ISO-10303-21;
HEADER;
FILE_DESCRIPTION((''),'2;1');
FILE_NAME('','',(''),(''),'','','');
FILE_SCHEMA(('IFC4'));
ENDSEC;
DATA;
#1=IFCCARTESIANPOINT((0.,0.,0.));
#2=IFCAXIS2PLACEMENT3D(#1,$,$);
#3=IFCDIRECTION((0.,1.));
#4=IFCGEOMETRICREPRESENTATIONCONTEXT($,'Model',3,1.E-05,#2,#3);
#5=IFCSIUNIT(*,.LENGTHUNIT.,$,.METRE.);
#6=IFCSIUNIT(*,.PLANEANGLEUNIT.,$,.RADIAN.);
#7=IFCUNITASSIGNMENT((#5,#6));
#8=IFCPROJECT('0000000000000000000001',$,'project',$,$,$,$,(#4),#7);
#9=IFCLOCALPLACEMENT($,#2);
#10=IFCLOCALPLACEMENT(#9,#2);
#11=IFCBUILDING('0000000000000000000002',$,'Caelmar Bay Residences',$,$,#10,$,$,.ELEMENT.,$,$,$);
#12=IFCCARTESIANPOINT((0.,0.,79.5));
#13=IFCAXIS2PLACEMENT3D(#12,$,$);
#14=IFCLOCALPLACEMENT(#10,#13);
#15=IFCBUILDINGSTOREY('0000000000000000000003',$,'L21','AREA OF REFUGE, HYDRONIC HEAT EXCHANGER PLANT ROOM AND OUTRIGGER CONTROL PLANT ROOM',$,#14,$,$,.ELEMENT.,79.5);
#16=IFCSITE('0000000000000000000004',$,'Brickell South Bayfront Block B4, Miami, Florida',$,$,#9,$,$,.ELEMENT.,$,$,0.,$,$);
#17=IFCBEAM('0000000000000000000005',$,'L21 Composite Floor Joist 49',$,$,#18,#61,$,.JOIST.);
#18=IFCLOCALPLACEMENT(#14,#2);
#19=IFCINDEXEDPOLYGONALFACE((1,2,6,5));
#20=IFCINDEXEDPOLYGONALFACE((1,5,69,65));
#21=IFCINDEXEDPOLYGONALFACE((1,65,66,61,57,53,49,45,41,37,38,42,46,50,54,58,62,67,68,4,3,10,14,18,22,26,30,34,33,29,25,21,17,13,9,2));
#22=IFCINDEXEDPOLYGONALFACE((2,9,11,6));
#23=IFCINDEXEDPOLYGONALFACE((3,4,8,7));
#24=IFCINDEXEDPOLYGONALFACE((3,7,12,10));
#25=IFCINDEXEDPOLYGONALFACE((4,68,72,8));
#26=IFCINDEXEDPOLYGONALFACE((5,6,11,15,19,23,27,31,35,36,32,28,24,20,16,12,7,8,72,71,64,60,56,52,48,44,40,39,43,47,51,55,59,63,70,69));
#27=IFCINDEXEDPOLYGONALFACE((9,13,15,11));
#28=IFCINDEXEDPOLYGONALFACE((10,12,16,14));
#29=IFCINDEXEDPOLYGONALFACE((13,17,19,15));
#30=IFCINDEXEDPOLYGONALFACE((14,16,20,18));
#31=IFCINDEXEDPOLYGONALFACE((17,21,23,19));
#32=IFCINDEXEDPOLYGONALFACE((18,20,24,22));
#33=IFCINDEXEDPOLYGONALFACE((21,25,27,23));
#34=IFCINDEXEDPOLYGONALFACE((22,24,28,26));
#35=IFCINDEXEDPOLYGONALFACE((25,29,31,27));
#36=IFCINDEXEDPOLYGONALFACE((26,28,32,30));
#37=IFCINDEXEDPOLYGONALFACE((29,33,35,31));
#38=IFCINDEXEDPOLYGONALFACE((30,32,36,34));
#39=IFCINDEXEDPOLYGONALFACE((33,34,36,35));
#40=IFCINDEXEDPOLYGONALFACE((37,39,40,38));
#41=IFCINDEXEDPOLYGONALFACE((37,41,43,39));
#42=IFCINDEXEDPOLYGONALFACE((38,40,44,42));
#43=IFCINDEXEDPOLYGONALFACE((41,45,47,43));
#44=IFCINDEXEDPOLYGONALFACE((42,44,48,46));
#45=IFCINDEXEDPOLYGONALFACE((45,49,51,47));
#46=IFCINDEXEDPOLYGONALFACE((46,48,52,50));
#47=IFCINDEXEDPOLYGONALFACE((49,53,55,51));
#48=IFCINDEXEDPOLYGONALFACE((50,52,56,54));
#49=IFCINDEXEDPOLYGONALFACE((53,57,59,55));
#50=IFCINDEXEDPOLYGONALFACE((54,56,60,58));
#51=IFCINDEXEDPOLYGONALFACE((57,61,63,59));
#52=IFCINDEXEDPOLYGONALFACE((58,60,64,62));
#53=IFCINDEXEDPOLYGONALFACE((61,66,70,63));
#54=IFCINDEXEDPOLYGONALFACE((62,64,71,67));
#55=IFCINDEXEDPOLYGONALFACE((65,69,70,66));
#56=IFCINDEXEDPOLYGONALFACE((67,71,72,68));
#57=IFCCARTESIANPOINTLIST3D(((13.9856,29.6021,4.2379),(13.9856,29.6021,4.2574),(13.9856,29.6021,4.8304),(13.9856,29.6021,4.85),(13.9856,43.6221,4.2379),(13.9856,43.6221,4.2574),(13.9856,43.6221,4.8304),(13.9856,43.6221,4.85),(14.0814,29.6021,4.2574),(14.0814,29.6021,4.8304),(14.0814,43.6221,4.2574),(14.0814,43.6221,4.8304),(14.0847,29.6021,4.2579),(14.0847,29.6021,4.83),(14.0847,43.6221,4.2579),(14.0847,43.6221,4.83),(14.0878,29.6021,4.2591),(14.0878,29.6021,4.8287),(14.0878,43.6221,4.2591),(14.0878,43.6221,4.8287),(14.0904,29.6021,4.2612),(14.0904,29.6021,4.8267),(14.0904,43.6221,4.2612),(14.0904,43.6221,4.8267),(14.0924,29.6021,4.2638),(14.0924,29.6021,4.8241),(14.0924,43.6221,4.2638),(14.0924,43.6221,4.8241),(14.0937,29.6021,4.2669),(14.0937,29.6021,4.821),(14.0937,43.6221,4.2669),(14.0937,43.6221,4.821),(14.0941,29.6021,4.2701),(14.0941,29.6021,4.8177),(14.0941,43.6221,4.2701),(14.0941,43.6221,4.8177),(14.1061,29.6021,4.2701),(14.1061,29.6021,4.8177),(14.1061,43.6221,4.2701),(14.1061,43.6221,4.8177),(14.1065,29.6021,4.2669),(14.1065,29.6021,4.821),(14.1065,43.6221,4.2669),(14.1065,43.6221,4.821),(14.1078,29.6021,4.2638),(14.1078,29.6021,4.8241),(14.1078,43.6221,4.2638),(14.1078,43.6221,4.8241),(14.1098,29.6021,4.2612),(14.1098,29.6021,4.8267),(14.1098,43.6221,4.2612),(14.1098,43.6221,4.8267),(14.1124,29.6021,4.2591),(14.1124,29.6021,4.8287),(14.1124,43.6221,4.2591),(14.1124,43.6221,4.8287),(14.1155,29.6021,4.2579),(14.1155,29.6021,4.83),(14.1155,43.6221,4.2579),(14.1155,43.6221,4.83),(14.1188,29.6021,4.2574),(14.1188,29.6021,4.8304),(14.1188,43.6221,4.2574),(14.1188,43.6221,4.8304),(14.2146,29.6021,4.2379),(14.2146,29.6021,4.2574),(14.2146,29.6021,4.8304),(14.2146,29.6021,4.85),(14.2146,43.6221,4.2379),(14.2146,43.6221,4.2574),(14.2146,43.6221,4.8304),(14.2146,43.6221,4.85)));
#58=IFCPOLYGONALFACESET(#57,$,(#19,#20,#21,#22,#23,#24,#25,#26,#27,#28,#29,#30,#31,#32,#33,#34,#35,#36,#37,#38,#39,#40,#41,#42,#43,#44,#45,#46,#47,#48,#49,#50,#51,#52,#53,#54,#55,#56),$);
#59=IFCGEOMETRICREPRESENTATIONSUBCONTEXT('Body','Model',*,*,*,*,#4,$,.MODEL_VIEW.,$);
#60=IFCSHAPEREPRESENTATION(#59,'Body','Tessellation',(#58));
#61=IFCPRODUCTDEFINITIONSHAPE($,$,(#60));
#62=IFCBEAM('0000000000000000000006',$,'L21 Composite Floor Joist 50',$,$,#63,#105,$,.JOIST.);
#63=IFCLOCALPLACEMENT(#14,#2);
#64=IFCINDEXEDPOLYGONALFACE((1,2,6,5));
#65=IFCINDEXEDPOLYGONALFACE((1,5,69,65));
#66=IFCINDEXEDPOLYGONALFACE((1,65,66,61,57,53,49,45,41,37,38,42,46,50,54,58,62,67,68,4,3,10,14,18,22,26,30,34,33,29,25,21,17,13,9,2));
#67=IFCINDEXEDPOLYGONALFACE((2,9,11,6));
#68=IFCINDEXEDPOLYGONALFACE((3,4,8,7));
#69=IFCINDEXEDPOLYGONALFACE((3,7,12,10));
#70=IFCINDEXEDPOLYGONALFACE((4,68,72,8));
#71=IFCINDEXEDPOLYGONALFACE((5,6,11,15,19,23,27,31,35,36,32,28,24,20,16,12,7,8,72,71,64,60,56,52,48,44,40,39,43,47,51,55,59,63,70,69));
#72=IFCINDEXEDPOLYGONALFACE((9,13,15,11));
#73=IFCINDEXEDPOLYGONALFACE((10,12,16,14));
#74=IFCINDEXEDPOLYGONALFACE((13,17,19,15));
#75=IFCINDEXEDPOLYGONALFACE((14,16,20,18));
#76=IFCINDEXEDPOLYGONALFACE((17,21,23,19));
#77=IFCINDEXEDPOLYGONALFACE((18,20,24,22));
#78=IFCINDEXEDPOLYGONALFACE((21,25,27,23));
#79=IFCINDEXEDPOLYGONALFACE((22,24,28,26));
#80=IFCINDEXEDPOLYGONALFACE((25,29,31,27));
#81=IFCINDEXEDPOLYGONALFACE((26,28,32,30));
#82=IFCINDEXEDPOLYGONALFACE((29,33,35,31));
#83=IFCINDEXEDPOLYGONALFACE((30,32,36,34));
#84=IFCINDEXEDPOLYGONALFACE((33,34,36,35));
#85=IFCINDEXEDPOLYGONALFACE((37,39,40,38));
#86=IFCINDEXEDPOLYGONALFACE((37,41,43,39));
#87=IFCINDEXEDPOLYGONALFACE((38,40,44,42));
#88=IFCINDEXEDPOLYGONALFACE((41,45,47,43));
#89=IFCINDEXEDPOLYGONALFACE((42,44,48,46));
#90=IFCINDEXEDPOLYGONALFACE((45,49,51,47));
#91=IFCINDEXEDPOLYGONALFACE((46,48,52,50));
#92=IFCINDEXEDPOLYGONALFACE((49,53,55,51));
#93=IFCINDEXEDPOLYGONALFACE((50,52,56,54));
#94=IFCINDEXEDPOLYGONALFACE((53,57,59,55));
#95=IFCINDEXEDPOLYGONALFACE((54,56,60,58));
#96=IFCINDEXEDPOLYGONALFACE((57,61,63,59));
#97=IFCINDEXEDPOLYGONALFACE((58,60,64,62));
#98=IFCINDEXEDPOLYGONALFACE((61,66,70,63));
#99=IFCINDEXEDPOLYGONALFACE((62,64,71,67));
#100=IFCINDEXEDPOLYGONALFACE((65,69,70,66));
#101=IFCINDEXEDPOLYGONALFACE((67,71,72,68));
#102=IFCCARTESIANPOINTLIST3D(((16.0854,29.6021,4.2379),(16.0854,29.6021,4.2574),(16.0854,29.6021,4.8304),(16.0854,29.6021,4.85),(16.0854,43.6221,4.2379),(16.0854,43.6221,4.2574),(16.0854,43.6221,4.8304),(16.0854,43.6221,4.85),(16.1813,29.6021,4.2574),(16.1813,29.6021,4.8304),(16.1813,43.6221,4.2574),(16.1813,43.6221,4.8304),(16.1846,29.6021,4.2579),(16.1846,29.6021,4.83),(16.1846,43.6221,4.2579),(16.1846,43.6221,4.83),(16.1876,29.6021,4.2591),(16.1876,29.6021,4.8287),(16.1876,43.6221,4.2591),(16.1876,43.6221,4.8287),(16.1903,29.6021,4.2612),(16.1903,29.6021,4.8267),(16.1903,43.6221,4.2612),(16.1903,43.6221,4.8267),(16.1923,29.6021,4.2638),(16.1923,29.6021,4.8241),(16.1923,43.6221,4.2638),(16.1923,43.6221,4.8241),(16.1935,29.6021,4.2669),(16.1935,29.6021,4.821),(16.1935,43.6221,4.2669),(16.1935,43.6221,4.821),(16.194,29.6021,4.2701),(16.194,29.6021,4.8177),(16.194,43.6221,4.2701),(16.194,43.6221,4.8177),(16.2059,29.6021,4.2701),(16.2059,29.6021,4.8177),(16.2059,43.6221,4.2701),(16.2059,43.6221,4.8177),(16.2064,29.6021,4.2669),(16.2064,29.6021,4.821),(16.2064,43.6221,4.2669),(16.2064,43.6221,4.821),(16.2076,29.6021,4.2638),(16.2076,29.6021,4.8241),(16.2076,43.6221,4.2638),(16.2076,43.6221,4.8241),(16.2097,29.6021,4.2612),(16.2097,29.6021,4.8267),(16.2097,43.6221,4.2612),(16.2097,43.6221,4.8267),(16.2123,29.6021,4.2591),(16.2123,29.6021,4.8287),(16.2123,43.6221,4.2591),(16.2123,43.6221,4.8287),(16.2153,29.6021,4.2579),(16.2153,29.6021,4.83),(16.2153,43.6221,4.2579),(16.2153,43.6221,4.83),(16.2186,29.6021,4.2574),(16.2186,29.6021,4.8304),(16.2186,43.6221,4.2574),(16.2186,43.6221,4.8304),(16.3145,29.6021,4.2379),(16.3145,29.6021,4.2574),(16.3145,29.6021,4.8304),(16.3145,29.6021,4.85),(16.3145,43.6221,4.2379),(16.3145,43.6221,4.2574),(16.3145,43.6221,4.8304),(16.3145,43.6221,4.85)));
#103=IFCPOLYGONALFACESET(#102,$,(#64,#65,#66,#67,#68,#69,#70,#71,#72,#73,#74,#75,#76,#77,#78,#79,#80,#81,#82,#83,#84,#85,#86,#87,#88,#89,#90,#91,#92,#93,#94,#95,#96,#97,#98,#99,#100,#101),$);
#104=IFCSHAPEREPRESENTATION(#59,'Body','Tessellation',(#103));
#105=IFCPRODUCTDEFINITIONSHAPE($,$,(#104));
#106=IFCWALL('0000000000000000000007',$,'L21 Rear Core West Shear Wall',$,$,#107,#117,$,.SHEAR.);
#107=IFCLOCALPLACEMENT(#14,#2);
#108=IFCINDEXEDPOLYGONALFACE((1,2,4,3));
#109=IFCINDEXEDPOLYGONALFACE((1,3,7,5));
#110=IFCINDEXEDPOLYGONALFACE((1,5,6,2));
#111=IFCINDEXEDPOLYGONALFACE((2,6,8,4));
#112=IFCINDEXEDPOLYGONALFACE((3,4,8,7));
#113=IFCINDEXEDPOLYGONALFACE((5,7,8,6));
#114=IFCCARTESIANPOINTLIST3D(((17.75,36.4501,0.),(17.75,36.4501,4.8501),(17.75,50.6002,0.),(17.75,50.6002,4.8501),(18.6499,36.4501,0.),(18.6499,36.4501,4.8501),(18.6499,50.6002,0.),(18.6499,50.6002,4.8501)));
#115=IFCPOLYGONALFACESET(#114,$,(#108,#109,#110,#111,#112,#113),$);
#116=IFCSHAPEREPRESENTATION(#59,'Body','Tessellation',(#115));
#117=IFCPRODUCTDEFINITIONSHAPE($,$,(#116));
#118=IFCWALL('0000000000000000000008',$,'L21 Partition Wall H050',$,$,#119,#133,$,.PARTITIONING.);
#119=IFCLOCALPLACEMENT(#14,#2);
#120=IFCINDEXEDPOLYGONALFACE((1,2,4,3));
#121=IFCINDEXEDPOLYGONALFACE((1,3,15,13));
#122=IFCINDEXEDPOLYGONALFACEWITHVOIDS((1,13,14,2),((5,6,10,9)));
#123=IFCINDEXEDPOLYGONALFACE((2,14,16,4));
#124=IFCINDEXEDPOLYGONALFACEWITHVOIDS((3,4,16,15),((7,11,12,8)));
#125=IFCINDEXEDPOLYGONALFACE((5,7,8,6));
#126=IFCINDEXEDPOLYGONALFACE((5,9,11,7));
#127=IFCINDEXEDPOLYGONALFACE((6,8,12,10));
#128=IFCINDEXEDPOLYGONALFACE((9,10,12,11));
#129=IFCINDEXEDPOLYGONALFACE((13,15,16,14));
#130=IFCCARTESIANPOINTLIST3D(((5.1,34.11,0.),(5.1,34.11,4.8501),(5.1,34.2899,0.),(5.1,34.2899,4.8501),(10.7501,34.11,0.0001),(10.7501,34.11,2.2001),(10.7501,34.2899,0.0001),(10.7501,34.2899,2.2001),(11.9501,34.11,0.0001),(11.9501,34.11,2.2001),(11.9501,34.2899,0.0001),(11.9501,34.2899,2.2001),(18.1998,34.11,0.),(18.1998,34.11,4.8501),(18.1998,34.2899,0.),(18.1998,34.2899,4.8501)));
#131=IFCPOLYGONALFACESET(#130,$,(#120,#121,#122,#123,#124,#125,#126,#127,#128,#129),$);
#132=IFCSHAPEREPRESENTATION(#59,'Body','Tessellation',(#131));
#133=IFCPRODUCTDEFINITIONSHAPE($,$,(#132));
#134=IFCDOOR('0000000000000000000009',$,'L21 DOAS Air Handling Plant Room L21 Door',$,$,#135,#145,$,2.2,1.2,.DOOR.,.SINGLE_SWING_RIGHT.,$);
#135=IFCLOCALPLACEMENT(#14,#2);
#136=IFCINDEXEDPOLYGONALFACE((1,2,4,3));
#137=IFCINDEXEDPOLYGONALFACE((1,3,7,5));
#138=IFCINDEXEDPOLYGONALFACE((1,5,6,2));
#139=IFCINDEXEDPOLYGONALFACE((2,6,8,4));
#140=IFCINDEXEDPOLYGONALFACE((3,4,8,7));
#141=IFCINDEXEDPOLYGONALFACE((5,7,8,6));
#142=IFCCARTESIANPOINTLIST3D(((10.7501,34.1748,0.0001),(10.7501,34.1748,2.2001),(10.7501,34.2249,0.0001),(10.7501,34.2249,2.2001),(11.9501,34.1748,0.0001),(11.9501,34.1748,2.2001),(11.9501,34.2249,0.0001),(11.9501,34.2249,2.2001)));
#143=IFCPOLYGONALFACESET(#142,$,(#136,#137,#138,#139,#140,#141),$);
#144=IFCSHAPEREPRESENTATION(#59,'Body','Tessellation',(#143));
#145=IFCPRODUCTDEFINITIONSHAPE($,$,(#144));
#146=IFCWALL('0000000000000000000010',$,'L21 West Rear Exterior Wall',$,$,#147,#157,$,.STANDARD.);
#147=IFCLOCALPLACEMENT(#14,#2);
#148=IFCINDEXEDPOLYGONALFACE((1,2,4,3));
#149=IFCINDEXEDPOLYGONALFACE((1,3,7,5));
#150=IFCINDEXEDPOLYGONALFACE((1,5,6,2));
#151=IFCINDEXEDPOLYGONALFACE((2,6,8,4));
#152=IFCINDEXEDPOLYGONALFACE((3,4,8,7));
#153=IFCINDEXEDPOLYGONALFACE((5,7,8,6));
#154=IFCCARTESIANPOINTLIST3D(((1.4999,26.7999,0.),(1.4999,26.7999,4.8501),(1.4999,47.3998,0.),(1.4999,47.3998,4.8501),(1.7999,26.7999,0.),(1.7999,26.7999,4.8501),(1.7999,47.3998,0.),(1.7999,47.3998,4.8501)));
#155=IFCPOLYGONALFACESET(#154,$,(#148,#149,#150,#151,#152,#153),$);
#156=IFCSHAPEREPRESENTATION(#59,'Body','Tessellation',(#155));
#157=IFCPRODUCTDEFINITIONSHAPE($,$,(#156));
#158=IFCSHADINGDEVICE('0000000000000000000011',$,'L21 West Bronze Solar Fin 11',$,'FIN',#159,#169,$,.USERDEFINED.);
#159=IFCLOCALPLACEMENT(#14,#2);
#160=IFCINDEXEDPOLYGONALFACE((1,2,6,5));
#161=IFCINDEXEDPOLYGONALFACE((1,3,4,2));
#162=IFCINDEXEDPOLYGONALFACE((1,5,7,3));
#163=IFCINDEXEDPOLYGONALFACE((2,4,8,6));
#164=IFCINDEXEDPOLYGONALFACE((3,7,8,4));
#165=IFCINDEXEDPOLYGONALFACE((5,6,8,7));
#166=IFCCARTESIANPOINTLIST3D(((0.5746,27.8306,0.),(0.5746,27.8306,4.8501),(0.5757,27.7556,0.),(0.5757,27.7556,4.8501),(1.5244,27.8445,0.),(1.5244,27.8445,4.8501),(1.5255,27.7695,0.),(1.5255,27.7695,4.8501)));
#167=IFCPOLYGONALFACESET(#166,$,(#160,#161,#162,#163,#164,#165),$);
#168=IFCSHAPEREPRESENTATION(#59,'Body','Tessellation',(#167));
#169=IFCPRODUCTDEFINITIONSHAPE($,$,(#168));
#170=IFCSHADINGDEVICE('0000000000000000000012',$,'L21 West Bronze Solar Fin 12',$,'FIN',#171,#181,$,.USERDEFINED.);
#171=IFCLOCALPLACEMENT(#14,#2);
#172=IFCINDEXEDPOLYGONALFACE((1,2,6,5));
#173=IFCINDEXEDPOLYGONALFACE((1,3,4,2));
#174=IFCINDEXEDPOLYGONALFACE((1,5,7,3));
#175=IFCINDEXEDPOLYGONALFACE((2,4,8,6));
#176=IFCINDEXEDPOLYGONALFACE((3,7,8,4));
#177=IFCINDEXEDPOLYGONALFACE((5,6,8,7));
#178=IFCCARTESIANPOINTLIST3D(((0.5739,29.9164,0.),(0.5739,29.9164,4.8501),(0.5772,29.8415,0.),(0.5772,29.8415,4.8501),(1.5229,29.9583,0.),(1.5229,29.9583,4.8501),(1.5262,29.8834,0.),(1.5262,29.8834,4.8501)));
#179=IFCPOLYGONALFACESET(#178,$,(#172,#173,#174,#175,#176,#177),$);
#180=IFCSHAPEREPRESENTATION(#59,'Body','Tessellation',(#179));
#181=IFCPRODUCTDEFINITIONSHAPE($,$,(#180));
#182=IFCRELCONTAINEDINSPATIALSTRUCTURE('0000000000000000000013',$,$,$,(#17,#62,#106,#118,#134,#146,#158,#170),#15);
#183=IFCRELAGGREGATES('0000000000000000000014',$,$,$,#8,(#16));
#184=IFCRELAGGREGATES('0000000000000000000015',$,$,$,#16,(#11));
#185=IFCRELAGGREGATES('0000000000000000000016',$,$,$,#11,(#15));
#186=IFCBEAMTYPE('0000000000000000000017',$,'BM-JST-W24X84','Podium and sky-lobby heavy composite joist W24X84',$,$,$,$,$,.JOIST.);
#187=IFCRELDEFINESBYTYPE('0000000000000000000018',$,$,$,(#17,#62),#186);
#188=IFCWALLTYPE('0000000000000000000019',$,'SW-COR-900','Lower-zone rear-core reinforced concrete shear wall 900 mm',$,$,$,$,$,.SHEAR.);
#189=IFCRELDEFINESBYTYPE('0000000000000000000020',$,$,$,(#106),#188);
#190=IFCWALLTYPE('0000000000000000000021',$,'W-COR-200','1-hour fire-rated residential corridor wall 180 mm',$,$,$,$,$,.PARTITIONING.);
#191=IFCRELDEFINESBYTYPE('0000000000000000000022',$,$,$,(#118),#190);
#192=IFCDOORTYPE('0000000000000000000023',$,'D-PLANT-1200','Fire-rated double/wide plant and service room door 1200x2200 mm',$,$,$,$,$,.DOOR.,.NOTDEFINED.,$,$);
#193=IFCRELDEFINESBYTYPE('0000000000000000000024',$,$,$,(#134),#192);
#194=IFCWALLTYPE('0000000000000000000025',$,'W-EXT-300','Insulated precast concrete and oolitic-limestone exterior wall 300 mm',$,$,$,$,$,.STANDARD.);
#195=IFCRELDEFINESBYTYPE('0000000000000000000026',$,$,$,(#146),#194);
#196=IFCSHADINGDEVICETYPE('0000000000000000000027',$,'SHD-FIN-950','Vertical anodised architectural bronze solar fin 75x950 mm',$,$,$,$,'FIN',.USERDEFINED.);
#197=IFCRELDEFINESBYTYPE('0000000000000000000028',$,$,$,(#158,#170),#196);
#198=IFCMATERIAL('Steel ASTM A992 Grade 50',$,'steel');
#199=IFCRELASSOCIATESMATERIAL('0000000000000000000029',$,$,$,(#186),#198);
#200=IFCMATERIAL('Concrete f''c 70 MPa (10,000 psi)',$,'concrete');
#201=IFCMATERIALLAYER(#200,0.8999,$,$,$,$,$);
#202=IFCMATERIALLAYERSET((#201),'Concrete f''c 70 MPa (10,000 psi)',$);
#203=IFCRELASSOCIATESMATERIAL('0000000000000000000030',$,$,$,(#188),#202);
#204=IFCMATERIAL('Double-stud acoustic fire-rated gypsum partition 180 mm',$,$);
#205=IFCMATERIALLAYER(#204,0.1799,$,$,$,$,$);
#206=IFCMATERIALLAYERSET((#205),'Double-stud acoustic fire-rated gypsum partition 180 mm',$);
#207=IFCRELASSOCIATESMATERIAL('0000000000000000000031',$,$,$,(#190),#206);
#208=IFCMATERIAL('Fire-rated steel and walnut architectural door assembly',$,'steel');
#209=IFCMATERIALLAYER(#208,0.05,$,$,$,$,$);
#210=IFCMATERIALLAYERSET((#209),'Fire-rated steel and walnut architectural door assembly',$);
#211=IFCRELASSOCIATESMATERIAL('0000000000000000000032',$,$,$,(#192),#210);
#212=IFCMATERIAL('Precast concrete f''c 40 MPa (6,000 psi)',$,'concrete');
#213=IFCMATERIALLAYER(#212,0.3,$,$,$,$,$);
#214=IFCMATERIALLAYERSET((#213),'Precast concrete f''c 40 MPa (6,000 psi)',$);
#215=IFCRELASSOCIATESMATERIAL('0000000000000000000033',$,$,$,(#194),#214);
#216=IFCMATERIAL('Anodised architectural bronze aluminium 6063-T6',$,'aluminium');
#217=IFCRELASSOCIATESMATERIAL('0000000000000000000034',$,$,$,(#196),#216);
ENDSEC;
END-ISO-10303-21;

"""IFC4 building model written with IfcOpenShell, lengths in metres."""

from ifc_helpers import new_model, si_unit, direction, frame, frame_2d, origin, origin_2d, place, context, subcontext, project, spatial, rectangle, i_section, extrude, material, layer, layer_set, material_profile, profile_set, type_object, element, fill, save


model = new_model("IFC4")

# Units and contexts
model_context = context("Model", 3, precision=1e-05, world=origin(), true_north=direction((0.0, 1.0)))
body_context = subcontext(model_context, "Body", "Model", "MODEL_VIEW")
ifc_project = project(units=[si_unit("LENGTHUNIT", "METRE"), si_unit("PLANEANGLEUNIT", "RADIAN")], contexts=[model_context])

# Site, building, storey
site_placement = place(None, origin())
site = spatial("IfcSite", under=ifc_project, at=site_placement, Name="Brickell South Bayfront Block B4, Miami, Florida", CompositionType="ELEMENT", RefElevation=0.0)
building_placement = place(site_placement, origin())
building = spatial("IfcBuilding", under=site, at=building_placement, Name="Caelmar Bay Residences", CompositionType="ELEMENT")
storey_placement = place(building_placement, frame((0.0, 0.0, 79.5)))
storey = spatial("IfcBuildingStorey", under=building, at=storey_placement, Name="L21", Description="AREA OF REFUGE, HYDRONIC HEAT EXCHANGER PLANT ROOM AND OUTRIGGER CONTROL PLANT ROOM", CompositionType="ELEMENT", Elevation=79.5)

# Shared definitions
ifc_material_1 = material(Name="Concrete f'c 70 MPa (10,000 psi)", Category="concrete")

# Beams
ifc_material_2 = material(Name="Steel ASTM A992 Grade 50", Category="steel")
ifc_material_profile_1 = material_profile(ifc_material_2, i_section(OverallWidth=0.229, OverallDepth=0.6121, WebThickness=0.012, FlangeThickness=0.0195, FilletRadius=0.0127, at=origin_2d()), Name="W24X84")
ifc_profile_set_1 = profile_set([ifc_material_profile_1], Name="Steel ASTM A992 Grade 50")
beam_type_1 = type_object("IfcBeamType", Name="BM-JST-W24X84", Description="Podium and sky-lobby heavy composite joist W24X84", PredefinedType="JOIST", material=ifc_profile_set_1)
for number, where, z_axis, x_axis, name in (
    (1, (14.1001, 29.6021, 4.5439), (0.0, 1.0, 0.0), (-1.0, 0.0, 0.0), "L21 Composite Floor Joist 49"),
    (2, (16.2, 29.6021, 4.5439), (0.0, 1.0, 0.0), (-1.0, 0.0, 0.0), "L21 Composite Floor Joist 50"),
):
    element("IfcBeam", number, at=place(storey_placement, frame(where, z_axis=z_axis, x_axis=x_axis)), inside=storey, type_object=beam_type_1, Name=name, PredefinedType="JOIST", context=body_context, shape_type="SweptSolid", body=[
        extrude(i_section(OverallWidth=0.229, OverallDepth=0.6121, WebThickness=0.012, FlangeThickness=0.0195, FilletRadius=0.0127, at=origin_2d()), origin(), (0.0, 0.0, 1.0), 14.02),
    ])

# Wall
ifc_layer_1 = layer(ifc_material_1, 0.8999)
ifc_layer_set_1 = layer_set([ifc_layer_1], Name="Concrete f'c 70 MPa (10,000 psi)")
wall_type_1 = type_object("IfcWallType", Name="SW-COR-900", Description="Lower-zone rear-core reinforced concrete shear wall 900 mm", PredefinedType="SHEAR", material=ifc_layer_set_1)
wall_1_placement = place(storey_placement, frame((18.2, 36.45, 0.0), z_axis=(0.0, 0.0, 1.0), x_axis=(0.0, 1.0, 0.0)))
element("IfcWall", 3, at=wall_1_placement, inside=storey, type_object=wall_type_1, Name="L21 Rear Core West Shear Wall", PredefinedType="SHEAR", context=body_context, shape_type="SweptSolid", body=[
    extrude(rectangle(XDim=14.1501, YDim=0.8999, at=frame_2d((7.0752, 0.0))), origin(), (0.0, 0.0, 1.0), 4.8501),
])

# Wall, opening, door
ifc_material_3 = material(Name="Double-stud acoustic fire-rated gypsum partition 180 mm")
ifc_layer_2 = layer(ifc_material_3, 0.1799)
ifc_layer_set_2 = layer_set([ifc_layer_2], Name="Double-stud acoustic fire-rated gypsum partition 180 mm")
wall_type_2 = type_object("IfcWallType", Name="W-COR-200", Description="1-hour fire-rated residential corridor wall 180 mm", PredefinedType="PARTITIONING", material=ifc_layer_set_2)
wall_2_placement = place(storey_placement, frame((5.1001, 34.2, 0.0), z_axis=(0.0, 0.0, 1.0), x_axis=(1.0, 0.0, 0.0)))
wall_2 = element("IfcWall", 4, at=wall_2_placement, inside=storey, type_object=wall_type_2, Name="L21 Partition Wall H050", PredefinedType="PARTITIONING", context=body_context, shape_type="SweptSolid", body=[
    extrude(rectangle(XDim=13.0999, YDim=0.1799, at=frame_2d((6.5498, 0.0))), origin(), (0.0, 0.0, 1.0), 4.8501),
])
opening_placement = place(wall_2_placement, frame((5.6499, 0.0, 0.0)))
opening = element("IfcOpeningElement", 5, at=opening_placement, cuts=wall_2, PredefinedType="OPENING", context=body_context, shape_type="SweptSolid", body=[
    extrude(rectangle(XDim=1.2, YDim=2.2, at=frame_2d((0.6001, 1.1001))), frame((0.0, 0.0999, 0.0), z_axis=(0.0, -1.0, 0.0), x_axis=(1.0, 0.0, 0.0)), (0.0, 0.0, 1.0), 0.2),
])
ifc_material_4 = material(Name="Fire-rated steel and walnut architectural door assembly", Category="steel")
ifc_layer_3 = layer(ifc_material_4, 0.05)
ifc_layer_set_3 = layer_set([ifc_layer_3], Name="Fire-rated steel and walnut architectural door assembly")
door_type = type_object("IfcDoorType", Name="D-PLANT-1200", Description="Fire-rated double/wide plant and service room door 1200x2200 mm", OperationType="NOTDEFINED", PredefinedType="DOOR", material=ifc_layer_set_3)
door_placement = place(opening_placement, origin())
door = element("IfcDoor", 6, at=door_placement, inside=storey, type_object=door_type, Name="L21 DOAS Air Handling Plant Room L21 Door", OperationType="SINGLE_SWING_RIGHT", OverallHeight=2.2, OverallWidth=1.2, PredefinedType="DOOR", context=body_context, shape_type="SweptSolid", body=[
    extrude(rectangle(XDim=1.2, YDim=2.2, at=frame_2d((0.6001, 1.1001))), frame((0.0, 0.0249, 0.0), z_axis=(0.0, -1.0, 0.0), x_axis=(1.0, 0.0, 0.0)), (0.0, 0.0, 1.0), 0.05),
])
fill(opening, door)

# Wall
ifc_material_5 = material(Name="Precast concrete f'c 40 MPa (6,000 psi)", Category="concrete")
ifc_layer_4 = layer(ifc_material_5, 0.3)
ifc_layer_set_4 = layer_set([ifc_layer_4], Name="Precast concrete f'c 40 MPa (6,000 psi)")
wall_type_3 = type_object("IfcWallType", Name="W-EXT-300", Description="Insulated precast concrete and oolitic-limestone exterior wall 300 mm", PredefinedType="STANDARD", material=ifc_layer_set_4)
wall_3_placement = place(storey_placement, frame((1.6499, 26.8, 0.0), z_axis=(0.0, 0.0, 1.0), x_axis=(0.0, 1.0, 0.0)))
element("IfcWall", 7, at=wall_3_placement, inside=storey, type_object=wall_type_3, Name="L21 West Rear Exterior Wall", PredefinedType="STANDARD", context=body_context, shape_type="SweptSolid", body=[
    extrude(rectangle(XDim=20.5999, YDim=0.3, at=frame_2d((10.2998, 0.0))), origin(), (0.0, 0.0, 1.0), 4.8501),
])

# Shading devices
ifc_material_6 = material(Name="Anodised architectural bronze aluminium 6063-T6", Category="aluminium")
ifc_material_profile_2 = material_profile(ifc_material_6, rectangle(XDim=0.075, YDim=0.95, at=origin_2d()), Name="BRONZE-FIN-75X950")
ifc_profile_set_2 = profile_set([ifc_material_profile_2], Name="Anodised architectural bronze aluminium 6063-T6")
shading_device_type = type_object("IfcShadingDeviceType", Name="SHD-FIN-950", Description="Vertical anodised architectural bronze solar fin 75x950 mm", ElementType="FIN", PredefinedType="USERDEFINED", material=ifc_profile_set_2)
for number, where, z_axis, x_axis, name in (
    (8, (1.05, 27.8, 0.0), (0.0, 0.0, 1.0), (-0.01466, 0.999893, 0.0), "L21 West Bronze Solar Fin 11"),
    (9, (1.05, 29.8999, 0.0), (0.0, 0.0, 1.0), (-0.044142, 0.999025, 0.0), "L21 West Bronze Solar Fin 12"),
):
    element("IfcShadingDevice", number, at=place(storey_placement, frame(where, z_axis=z_axis, x_axis=x_axis)), inside=storey, type_object=shading_device_type, Name=name, ObjectType="FIN", PredefinedType="USERDEFINED", context=body_context, shape_type="SweptSolid", body=[
        extrude(rectangle(XDim=0.075, YDim=0.95, at=origin_2d()), origin(), (0.0, 0.0, 1.0), 4.8501),
    ])

save(model, "model.ifc")
